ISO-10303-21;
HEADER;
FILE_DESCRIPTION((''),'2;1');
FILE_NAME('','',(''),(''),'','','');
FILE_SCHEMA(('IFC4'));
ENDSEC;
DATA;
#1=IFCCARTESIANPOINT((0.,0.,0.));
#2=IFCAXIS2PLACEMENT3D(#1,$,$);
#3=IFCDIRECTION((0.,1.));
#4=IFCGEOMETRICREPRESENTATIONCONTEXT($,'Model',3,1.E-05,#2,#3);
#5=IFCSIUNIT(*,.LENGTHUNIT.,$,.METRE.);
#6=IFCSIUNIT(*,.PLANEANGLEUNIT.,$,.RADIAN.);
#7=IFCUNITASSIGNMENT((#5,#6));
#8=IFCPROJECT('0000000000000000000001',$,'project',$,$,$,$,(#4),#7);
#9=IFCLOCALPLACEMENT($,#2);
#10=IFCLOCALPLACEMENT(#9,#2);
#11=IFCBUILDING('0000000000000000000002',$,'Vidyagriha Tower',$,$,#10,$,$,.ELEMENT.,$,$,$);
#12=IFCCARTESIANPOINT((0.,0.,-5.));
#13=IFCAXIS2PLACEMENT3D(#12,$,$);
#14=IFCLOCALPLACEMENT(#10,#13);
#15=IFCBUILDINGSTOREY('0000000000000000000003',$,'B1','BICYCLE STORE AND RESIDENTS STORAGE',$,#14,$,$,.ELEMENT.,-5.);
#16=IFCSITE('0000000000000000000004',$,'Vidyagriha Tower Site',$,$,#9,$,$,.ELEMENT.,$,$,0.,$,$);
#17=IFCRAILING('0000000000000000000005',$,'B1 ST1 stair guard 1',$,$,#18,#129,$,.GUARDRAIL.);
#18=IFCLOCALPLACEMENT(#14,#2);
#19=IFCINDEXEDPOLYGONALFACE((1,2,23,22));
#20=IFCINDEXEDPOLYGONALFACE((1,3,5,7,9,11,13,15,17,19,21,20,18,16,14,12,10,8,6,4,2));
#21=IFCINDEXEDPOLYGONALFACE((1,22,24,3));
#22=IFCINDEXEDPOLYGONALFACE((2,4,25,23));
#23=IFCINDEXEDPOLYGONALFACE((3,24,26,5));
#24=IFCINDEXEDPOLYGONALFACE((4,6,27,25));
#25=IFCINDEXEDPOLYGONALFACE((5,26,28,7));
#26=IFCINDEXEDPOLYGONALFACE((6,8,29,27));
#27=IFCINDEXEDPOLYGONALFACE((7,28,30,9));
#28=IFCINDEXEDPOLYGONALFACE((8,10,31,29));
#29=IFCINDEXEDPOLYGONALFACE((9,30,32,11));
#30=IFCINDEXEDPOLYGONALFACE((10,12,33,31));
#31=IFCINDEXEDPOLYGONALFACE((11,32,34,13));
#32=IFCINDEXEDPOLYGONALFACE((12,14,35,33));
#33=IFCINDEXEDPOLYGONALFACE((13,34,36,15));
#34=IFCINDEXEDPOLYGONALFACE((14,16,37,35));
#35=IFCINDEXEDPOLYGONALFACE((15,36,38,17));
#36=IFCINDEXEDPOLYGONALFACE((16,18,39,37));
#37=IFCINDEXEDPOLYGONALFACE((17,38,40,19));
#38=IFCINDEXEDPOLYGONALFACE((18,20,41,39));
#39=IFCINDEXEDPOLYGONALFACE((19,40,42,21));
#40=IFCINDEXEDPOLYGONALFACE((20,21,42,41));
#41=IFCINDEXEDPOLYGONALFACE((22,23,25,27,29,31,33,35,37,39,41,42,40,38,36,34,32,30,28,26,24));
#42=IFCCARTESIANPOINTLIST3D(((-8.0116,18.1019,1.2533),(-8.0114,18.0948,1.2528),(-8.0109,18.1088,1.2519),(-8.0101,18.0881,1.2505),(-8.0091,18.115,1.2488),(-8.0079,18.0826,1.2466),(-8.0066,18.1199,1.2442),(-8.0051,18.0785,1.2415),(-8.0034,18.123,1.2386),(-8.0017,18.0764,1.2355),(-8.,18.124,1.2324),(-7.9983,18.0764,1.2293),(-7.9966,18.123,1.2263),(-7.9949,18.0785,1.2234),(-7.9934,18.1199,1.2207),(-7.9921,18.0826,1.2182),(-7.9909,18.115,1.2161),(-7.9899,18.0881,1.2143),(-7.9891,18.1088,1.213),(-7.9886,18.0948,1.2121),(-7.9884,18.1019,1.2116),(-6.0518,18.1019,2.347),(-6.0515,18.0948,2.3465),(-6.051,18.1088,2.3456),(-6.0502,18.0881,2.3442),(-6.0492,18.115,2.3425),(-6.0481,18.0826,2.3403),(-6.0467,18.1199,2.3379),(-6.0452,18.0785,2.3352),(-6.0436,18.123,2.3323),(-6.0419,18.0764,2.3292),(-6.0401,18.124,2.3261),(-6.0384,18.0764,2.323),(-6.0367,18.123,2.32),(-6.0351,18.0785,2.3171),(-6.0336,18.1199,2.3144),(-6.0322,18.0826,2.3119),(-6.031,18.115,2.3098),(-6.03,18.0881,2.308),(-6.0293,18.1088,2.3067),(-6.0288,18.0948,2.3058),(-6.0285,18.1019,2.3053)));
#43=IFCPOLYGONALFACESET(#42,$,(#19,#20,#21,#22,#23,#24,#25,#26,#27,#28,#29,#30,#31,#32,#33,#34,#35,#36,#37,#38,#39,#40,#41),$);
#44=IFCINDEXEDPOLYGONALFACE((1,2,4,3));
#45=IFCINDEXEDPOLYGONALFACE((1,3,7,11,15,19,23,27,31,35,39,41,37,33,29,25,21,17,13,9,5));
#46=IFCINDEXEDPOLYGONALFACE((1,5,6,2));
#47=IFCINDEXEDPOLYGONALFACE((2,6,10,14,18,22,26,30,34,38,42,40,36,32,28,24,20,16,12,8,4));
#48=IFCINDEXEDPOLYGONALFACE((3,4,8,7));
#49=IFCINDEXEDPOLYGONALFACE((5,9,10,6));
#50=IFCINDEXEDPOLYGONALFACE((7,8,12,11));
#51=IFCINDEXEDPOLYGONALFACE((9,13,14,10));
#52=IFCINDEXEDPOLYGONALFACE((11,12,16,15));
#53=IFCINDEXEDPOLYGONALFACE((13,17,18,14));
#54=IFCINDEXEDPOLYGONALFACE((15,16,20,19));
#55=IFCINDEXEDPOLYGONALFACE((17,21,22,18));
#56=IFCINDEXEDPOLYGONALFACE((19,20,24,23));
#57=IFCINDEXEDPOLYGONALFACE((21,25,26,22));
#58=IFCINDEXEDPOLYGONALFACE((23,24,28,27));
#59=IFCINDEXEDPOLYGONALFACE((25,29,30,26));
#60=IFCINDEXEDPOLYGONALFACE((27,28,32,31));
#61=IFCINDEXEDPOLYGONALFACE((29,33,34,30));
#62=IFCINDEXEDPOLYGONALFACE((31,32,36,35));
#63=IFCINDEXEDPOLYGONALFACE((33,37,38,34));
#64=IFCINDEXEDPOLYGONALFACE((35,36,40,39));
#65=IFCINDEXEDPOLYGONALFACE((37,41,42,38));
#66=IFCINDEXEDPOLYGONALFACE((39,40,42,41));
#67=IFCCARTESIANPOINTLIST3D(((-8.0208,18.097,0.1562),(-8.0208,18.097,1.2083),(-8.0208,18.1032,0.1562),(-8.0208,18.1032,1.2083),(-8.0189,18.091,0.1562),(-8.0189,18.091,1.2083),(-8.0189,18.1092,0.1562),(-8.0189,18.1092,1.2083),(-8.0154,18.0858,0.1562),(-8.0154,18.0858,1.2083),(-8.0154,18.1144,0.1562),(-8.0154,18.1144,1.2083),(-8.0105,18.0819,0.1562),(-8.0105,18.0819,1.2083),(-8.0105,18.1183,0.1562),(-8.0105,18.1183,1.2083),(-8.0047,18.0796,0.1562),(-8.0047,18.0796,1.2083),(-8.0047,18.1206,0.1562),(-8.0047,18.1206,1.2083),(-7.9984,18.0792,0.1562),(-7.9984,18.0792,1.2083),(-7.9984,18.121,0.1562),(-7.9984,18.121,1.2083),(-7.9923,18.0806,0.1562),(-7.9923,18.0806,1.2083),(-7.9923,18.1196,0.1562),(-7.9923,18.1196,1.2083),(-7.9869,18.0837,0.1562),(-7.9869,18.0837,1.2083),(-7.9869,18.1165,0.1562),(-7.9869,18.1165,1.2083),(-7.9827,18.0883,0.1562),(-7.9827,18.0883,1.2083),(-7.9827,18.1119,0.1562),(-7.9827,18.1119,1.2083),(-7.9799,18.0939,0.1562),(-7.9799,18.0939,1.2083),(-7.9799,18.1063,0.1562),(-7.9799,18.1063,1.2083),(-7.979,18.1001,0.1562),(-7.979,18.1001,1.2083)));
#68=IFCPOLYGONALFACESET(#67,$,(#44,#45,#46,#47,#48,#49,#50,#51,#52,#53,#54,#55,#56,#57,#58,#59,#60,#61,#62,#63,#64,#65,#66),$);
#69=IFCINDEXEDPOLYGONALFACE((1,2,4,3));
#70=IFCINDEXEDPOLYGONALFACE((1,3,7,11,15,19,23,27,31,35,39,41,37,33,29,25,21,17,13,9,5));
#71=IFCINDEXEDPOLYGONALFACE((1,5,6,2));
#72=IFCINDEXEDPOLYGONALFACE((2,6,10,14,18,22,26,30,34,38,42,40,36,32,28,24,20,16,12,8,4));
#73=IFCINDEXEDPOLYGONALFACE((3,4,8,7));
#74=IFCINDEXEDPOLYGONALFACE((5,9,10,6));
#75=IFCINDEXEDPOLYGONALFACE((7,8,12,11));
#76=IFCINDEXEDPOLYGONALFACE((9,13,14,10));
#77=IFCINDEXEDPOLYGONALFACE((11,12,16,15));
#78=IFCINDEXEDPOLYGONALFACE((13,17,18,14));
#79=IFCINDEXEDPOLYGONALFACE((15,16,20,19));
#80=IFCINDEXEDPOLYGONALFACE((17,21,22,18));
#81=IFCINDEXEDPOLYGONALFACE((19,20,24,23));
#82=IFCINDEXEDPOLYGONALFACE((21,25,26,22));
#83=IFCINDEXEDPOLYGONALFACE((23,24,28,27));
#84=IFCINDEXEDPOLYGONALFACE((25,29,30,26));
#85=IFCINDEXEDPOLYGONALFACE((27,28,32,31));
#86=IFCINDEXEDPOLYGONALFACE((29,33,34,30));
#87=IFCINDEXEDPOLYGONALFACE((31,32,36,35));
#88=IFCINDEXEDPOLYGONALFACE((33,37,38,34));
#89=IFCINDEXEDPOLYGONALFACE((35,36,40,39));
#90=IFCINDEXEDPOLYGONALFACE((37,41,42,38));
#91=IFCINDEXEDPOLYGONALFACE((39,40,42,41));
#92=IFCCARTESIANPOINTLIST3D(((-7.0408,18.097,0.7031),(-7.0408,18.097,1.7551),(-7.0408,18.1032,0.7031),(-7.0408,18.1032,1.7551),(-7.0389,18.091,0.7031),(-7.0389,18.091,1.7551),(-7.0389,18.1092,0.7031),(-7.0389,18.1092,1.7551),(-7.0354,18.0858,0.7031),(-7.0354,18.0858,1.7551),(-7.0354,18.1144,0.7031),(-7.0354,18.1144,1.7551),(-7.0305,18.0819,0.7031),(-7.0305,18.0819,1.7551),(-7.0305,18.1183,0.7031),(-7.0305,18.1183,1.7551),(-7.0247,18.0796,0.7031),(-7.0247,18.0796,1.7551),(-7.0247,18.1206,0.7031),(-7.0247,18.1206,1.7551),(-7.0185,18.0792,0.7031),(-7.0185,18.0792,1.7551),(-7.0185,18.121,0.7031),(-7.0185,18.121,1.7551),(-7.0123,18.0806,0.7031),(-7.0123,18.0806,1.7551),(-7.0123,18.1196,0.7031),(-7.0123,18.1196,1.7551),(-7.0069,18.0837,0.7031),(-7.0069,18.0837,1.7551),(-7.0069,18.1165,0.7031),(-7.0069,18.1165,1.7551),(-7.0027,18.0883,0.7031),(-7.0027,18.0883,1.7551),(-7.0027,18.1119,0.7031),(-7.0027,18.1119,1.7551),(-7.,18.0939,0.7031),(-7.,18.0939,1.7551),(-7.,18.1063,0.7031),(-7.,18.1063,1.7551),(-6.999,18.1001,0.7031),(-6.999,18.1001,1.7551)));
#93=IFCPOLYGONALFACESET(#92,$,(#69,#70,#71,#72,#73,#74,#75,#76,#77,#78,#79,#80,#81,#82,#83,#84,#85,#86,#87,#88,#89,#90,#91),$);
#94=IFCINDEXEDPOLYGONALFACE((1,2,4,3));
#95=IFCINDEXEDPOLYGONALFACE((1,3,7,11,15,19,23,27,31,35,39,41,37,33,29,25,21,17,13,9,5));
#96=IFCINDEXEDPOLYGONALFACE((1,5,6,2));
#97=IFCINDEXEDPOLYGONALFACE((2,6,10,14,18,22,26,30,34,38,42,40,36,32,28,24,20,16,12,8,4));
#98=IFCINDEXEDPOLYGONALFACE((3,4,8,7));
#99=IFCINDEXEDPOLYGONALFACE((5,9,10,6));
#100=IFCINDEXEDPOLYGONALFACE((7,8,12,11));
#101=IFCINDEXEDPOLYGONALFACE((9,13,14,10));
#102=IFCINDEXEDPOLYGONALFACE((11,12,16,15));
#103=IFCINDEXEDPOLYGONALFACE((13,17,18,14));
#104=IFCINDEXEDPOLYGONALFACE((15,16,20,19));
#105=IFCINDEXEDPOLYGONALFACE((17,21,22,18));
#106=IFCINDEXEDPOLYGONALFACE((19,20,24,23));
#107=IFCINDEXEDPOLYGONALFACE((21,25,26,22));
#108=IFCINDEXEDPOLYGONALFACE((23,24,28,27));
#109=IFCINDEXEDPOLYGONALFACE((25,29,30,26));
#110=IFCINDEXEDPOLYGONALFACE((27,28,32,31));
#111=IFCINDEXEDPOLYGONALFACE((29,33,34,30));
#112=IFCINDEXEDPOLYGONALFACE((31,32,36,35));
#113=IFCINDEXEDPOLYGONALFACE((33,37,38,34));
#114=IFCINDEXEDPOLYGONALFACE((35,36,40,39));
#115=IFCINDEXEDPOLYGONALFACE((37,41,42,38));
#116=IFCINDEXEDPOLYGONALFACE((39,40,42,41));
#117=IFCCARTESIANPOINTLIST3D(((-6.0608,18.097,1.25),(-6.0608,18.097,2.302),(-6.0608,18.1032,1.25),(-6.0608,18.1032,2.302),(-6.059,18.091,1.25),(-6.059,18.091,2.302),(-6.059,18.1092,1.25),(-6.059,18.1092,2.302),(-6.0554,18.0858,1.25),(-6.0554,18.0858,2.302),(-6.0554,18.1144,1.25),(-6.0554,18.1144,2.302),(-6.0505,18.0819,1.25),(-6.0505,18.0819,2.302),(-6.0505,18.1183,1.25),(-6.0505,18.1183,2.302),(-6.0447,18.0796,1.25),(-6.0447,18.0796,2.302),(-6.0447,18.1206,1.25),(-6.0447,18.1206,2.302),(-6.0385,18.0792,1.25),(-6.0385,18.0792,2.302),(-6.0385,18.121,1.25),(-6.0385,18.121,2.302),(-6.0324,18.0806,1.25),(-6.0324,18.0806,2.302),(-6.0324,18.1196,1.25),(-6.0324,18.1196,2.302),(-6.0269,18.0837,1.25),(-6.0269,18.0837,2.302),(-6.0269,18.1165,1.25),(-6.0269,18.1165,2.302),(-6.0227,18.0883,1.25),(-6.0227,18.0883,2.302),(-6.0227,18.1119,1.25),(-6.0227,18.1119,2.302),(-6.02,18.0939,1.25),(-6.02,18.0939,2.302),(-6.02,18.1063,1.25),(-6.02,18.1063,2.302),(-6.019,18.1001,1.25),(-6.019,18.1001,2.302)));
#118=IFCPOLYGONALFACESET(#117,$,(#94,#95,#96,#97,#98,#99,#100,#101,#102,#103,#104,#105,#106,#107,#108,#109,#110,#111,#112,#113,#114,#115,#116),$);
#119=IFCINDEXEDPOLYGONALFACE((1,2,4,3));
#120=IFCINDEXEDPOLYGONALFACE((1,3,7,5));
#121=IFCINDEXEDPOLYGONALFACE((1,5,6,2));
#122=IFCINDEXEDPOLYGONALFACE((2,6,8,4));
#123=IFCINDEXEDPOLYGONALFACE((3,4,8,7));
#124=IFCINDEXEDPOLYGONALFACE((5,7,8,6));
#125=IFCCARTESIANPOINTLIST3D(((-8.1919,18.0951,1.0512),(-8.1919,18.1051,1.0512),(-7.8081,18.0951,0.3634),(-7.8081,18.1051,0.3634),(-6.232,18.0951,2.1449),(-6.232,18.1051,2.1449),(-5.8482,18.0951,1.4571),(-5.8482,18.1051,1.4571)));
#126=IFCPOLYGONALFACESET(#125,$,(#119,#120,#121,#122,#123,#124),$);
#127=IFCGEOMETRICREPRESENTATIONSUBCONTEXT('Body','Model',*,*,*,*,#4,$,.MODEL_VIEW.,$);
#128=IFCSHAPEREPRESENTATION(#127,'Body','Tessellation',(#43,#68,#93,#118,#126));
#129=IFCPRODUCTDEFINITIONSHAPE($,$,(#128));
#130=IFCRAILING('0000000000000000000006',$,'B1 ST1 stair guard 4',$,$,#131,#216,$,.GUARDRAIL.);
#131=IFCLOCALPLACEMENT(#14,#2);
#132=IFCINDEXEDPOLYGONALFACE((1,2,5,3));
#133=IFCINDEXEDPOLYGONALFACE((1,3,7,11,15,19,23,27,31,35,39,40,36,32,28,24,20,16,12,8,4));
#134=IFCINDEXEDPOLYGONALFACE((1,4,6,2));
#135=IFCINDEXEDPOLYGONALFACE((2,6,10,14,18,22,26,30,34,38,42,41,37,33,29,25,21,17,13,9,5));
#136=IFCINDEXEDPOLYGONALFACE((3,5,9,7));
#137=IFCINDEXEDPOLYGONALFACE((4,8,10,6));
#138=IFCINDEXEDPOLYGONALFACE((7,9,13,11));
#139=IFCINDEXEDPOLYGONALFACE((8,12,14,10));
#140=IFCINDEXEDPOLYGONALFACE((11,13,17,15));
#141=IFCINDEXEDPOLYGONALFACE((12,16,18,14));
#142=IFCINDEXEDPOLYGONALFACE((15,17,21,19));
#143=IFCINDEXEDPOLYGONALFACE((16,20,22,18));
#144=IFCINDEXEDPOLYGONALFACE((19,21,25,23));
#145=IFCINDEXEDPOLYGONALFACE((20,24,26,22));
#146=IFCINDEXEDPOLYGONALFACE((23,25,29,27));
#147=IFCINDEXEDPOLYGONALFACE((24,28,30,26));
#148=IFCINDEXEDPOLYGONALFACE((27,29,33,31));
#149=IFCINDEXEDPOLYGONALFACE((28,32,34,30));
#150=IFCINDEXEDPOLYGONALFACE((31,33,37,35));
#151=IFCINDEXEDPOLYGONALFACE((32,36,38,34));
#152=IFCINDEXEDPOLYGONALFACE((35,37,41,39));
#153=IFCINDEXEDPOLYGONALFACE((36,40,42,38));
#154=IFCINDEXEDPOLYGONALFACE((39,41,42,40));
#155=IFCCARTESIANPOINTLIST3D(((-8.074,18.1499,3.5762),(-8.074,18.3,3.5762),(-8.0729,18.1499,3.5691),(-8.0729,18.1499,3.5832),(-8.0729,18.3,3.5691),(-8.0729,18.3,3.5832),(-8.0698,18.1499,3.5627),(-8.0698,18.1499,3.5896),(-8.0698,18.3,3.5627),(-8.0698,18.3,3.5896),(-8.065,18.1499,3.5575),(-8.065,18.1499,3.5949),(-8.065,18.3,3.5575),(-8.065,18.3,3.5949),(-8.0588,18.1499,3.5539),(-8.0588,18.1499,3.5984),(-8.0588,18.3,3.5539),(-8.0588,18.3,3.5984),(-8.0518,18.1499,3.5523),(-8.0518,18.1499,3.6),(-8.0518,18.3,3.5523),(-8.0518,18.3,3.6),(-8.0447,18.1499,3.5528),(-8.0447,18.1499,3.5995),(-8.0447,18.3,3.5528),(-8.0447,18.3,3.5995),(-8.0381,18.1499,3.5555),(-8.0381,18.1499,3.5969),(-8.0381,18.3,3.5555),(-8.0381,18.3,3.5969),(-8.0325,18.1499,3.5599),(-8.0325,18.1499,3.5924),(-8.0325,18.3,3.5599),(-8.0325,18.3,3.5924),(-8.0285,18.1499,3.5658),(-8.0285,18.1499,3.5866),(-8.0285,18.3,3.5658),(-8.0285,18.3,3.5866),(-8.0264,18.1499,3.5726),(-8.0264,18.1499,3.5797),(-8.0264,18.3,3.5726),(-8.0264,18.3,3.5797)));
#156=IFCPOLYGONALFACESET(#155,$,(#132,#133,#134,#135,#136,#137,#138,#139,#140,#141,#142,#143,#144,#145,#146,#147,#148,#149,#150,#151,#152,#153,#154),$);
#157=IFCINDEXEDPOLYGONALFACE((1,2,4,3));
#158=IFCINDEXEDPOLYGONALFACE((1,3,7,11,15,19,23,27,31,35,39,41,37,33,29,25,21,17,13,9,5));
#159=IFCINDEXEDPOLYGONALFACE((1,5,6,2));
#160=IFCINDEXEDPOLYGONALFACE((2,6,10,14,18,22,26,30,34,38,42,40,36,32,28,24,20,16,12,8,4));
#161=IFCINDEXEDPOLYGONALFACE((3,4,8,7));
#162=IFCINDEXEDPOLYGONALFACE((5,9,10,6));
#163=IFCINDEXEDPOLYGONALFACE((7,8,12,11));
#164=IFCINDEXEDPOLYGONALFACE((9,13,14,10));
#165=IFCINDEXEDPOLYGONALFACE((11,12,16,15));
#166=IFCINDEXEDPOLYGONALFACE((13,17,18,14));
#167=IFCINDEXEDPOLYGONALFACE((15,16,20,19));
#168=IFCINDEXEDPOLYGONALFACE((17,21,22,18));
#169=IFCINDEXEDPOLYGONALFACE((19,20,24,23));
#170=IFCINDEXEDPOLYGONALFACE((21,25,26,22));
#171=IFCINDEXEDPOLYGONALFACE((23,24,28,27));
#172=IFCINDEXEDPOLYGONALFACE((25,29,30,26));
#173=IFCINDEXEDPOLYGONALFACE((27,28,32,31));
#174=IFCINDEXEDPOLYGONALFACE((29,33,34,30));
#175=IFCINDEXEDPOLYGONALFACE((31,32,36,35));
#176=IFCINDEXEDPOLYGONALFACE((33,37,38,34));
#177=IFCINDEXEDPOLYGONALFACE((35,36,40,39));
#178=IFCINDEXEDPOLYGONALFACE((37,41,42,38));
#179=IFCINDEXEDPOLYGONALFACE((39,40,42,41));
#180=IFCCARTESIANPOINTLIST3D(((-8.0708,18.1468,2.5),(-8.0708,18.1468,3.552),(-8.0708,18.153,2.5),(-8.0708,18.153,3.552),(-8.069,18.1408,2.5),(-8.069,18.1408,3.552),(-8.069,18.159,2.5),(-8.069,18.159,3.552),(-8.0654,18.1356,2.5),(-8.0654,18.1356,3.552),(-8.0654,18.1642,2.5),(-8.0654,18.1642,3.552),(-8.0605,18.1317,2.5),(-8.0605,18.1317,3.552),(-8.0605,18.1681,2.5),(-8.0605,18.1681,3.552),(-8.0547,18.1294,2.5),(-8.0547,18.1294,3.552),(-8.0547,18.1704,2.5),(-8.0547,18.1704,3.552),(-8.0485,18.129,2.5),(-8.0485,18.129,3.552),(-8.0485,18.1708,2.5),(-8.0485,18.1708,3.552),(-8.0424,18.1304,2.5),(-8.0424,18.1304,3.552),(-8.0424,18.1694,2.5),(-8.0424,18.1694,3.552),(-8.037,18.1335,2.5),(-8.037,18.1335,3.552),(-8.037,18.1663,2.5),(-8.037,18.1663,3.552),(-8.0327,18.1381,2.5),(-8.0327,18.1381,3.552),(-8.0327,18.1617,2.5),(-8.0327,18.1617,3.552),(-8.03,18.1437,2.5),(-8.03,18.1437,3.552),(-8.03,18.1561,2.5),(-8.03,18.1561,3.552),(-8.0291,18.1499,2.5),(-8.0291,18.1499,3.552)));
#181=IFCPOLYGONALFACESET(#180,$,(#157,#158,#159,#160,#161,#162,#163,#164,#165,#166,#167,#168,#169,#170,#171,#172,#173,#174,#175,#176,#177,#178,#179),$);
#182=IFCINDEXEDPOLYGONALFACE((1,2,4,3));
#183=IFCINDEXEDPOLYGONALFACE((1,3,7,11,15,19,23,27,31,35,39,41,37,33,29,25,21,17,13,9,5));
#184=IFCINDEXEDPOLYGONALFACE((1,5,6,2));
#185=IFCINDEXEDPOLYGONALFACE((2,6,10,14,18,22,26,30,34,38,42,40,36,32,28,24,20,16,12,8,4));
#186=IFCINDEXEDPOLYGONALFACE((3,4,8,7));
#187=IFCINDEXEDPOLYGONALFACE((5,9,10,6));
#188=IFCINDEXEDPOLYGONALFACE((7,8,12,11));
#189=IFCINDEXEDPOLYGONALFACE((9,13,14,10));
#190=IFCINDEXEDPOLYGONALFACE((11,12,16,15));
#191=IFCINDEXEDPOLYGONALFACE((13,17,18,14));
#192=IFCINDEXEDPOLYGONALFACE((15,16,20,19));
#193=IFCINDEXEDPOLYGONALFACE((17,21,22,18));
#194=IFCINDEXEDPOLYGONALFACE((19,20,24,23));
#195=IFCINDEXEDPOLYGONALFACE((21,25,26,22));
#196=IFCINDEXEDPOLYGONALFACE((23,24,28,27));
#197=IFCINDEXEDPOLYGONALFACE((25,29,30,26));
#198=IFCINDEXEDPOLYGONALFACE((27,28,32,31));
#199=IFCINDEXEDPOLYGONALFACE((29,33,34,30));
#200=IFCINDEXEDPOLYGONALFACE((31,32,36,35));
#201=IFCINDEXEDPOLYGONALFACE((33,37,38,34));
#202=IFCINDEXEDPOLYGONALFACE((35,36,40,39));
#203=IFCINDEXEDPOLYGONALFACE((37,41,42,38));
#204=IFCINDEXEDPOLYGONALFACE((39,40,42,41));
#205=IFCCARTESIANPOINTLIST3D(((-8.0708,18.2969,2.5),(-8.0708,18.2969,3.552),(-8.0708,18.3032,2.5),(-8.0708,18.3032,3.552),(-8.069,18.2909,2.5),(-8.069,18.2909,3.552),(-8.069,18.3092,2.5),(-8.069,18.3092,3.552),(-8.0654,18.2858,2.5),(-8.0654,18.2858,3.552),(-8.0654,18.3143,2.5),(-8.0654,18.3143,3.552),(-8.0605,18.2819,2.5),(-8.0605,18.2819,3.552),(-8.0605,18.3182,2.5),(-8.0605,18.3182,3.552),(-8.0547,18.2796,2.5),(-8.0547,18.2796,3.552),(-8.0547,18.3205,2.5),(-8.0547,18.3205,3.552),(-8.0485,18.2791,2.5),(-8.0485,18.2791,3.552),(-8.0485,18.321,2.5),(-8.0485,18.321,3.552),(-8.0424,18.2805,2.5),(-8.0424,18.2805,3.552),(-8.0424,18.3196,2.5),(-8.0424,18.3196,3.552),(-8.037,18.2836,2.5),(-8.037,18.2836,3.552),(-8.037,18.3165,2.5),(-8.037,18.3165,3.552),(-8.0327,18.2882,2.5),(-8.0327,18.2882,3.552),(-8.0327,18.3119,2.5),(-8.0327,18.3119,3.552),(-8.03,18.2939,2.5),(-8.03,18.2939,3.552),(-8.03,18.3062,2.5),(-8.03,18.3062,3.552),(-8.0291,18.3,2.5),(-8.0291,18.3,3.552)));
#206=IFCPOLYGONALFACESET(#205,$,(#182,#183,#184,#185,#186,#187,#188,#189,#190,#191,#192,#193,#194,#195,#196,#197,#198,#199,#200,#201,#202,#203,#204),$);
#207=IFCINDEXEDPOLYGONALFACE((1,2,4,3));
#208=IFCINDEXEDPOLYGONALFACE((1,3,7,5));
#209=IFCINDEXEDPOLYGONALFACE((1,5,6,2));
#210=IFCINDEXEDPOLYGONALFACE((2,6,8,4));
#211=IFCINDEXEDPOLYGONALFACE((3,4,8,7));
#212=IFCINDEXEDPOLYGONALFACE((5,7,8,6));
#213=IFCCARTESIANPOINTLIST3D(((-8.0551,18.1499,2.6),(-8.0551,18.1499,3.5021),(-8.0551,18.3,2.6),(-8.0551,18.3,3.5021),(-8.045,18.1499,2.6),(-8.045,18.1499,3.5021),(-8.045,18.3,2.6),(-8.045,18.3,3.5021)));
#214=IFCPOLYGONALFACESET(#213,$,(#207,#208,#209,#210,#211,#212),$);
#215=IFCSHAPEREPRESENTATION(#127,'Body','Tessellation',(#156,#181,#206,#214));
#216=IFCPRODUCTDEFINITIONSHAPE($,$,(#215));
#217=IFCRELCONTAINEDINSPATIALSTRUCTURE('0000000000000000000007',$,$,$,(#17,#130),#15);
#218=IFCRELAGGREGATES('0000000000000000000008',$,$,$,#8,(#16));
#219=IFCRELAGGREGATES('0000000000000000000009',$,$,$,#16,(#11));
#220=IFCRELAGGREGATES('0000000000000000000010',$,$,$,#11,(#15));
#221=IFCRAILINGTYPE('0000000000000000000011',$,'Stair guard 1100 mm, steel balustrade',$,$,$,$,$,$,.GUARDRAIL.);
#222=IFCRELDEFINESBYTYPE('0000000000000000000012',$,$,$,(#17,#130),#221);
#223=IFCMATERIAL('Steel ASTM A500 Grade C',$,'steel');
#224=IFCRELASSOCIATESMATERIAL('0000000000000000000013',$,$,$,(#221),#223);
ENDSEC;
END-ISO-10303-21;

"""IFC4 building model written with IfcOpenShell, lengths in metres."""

from ifc_helpers import new_model, si_unit, direction, frame, origin, origin_2d, place, context, subcontext, project, spatial, rectangle, circle, extrude, material, type_object, element, save


model = new_model("IFC4")

# Units and contexts
model_context = context("Model", 3, precision=1e-05, world=origin(), true_north=direction((0.0, 1.0)))
body_context = subcontext(model_context, "Body", "Model", "MODEL_VIEW")
ifc_project = project(units=[si_unit("LENGTHUNIT", "METRE"), si_unit("PLANEANGLEUNIT", "RADIAN")], contexts=[model_context])

# Site, building, storey
site_placement = place(None, origin())
site = spatial("IfcSite", under=ifc_project, at=site_placement, Name="Vidyagriha Tower Site", CompositionType="ELEMENT", RefElevation=0.0)
building_placement = place(site_placement, origin())
building = spatial("IfcBuilding", under=site, at=building_placement, Name="Vidyagriha Tower", CompositionType="ELEMENT")
storey_placement = place(building_placement, frame((0.0, 0.0, -5.0)))
storey = spatial("IfcBuildingStorey", under=building, at=storey_placement, Name="B1", Description="BICYCLE STORE AND RESIDENTS STORAGE", CompositionType="ELEMENT", Elevation=-5.0)

# Railings
ifc_material_1 = material(Name="Steel ASTM A500 Grade C", Category="steel")
railing_type_1 = type_object("IfcRailingType", Name="Stair guard 1100 mm, steel balustrade", PredefinedType="GUARDRAIL", material=ifc_material_1)
railing_placement = place(storey_placement, frame((-8.0, 18.1001, 0.1562)))
element("IfcRailing", 1, at=railing_placement, inside=storey, type_object=railing_type_1, Name="B1 ST1 stair guard 1", PredefinedType="GUARDRAIL", context=body_context, shape_type="SweptSolid", body=[
    extrude(circle(Radius=0.0239, at=origin_2d()), frame((0.0, 0.0, 1.0762), z_axis=(0.873232, 0.0, 0.487304), x_axis=(0.0, 1.0, 0.0)), (0.0, 0.0, 1.0), 2.2444),
    extrude(circle(Radius=0.021, at=origin_2d()), origin(), (0.0, 0.0, 1.0), 1.052),
    extrude(circle(Radius=0.021, at=origin_2d()), frame((0.98, 0.0, 0.5469)), (0.0, 0.0, 1.0), 1.052),
    extrude(circle(Radius=0.021, at=origin_2d()), frame((1.96, 0.0, 1.0938)), (0.0, 0.0, 1.0), 1.052),
    extrude(rectangle(XDim=0.01, YDim=0.7876, at=origin_2d()), frame((0.0, 0.0, 0.551), z_axis=(0.873232, 0.0, 0.487304), x_axis=(0.0, 1.0, 0.0)), (0.0, 0.0, 1.0), 2.2444),
])
for number, where, name in (
    (2, (-8.05, 18.1499, 2.5), "B1 ST1 stair guard 4"),
):
    element("IfcRailing", number, at=place(storey_placement, frame(where)), inside=storey, type_object=railing_type_1, Name=name, PredefinedType="GUARDRAIL", context=body_context, shape_type="SweptSolid", body=[
        extrude(circle(Radius=0.0239, at=origin_2d()), frame((0.0, 0.0, 1.0762), z_axis=(0.0, 1.0, 0.0), x_axis=(-1.0, 0.0, 0.0)), (0.0, 0.0, 1.0), 0.1501),
        extrude(circle(Radius=0.021, at=origin_2d()), origin(), (0.0, 0.0, 1.0), 1.052),
        extrude(circle(Radius=0.021, at=origin_2d()), frame((0.0, 0.1501, 0.0)), (0.0, 0.0, 1.0), 1.052),
        extrude(rectangle(XDim=0.01, YDim=0.9021, at=origin_2d()), frame((0.0, 0.0, 0.551), z_axis=(0.0, 1.0, 0.0), x_axis=(-1.0, 0.0, 0.0)), (0.0, 0.0, 1.0), 0.1501),
    ])

save(model, "model.ifc")
